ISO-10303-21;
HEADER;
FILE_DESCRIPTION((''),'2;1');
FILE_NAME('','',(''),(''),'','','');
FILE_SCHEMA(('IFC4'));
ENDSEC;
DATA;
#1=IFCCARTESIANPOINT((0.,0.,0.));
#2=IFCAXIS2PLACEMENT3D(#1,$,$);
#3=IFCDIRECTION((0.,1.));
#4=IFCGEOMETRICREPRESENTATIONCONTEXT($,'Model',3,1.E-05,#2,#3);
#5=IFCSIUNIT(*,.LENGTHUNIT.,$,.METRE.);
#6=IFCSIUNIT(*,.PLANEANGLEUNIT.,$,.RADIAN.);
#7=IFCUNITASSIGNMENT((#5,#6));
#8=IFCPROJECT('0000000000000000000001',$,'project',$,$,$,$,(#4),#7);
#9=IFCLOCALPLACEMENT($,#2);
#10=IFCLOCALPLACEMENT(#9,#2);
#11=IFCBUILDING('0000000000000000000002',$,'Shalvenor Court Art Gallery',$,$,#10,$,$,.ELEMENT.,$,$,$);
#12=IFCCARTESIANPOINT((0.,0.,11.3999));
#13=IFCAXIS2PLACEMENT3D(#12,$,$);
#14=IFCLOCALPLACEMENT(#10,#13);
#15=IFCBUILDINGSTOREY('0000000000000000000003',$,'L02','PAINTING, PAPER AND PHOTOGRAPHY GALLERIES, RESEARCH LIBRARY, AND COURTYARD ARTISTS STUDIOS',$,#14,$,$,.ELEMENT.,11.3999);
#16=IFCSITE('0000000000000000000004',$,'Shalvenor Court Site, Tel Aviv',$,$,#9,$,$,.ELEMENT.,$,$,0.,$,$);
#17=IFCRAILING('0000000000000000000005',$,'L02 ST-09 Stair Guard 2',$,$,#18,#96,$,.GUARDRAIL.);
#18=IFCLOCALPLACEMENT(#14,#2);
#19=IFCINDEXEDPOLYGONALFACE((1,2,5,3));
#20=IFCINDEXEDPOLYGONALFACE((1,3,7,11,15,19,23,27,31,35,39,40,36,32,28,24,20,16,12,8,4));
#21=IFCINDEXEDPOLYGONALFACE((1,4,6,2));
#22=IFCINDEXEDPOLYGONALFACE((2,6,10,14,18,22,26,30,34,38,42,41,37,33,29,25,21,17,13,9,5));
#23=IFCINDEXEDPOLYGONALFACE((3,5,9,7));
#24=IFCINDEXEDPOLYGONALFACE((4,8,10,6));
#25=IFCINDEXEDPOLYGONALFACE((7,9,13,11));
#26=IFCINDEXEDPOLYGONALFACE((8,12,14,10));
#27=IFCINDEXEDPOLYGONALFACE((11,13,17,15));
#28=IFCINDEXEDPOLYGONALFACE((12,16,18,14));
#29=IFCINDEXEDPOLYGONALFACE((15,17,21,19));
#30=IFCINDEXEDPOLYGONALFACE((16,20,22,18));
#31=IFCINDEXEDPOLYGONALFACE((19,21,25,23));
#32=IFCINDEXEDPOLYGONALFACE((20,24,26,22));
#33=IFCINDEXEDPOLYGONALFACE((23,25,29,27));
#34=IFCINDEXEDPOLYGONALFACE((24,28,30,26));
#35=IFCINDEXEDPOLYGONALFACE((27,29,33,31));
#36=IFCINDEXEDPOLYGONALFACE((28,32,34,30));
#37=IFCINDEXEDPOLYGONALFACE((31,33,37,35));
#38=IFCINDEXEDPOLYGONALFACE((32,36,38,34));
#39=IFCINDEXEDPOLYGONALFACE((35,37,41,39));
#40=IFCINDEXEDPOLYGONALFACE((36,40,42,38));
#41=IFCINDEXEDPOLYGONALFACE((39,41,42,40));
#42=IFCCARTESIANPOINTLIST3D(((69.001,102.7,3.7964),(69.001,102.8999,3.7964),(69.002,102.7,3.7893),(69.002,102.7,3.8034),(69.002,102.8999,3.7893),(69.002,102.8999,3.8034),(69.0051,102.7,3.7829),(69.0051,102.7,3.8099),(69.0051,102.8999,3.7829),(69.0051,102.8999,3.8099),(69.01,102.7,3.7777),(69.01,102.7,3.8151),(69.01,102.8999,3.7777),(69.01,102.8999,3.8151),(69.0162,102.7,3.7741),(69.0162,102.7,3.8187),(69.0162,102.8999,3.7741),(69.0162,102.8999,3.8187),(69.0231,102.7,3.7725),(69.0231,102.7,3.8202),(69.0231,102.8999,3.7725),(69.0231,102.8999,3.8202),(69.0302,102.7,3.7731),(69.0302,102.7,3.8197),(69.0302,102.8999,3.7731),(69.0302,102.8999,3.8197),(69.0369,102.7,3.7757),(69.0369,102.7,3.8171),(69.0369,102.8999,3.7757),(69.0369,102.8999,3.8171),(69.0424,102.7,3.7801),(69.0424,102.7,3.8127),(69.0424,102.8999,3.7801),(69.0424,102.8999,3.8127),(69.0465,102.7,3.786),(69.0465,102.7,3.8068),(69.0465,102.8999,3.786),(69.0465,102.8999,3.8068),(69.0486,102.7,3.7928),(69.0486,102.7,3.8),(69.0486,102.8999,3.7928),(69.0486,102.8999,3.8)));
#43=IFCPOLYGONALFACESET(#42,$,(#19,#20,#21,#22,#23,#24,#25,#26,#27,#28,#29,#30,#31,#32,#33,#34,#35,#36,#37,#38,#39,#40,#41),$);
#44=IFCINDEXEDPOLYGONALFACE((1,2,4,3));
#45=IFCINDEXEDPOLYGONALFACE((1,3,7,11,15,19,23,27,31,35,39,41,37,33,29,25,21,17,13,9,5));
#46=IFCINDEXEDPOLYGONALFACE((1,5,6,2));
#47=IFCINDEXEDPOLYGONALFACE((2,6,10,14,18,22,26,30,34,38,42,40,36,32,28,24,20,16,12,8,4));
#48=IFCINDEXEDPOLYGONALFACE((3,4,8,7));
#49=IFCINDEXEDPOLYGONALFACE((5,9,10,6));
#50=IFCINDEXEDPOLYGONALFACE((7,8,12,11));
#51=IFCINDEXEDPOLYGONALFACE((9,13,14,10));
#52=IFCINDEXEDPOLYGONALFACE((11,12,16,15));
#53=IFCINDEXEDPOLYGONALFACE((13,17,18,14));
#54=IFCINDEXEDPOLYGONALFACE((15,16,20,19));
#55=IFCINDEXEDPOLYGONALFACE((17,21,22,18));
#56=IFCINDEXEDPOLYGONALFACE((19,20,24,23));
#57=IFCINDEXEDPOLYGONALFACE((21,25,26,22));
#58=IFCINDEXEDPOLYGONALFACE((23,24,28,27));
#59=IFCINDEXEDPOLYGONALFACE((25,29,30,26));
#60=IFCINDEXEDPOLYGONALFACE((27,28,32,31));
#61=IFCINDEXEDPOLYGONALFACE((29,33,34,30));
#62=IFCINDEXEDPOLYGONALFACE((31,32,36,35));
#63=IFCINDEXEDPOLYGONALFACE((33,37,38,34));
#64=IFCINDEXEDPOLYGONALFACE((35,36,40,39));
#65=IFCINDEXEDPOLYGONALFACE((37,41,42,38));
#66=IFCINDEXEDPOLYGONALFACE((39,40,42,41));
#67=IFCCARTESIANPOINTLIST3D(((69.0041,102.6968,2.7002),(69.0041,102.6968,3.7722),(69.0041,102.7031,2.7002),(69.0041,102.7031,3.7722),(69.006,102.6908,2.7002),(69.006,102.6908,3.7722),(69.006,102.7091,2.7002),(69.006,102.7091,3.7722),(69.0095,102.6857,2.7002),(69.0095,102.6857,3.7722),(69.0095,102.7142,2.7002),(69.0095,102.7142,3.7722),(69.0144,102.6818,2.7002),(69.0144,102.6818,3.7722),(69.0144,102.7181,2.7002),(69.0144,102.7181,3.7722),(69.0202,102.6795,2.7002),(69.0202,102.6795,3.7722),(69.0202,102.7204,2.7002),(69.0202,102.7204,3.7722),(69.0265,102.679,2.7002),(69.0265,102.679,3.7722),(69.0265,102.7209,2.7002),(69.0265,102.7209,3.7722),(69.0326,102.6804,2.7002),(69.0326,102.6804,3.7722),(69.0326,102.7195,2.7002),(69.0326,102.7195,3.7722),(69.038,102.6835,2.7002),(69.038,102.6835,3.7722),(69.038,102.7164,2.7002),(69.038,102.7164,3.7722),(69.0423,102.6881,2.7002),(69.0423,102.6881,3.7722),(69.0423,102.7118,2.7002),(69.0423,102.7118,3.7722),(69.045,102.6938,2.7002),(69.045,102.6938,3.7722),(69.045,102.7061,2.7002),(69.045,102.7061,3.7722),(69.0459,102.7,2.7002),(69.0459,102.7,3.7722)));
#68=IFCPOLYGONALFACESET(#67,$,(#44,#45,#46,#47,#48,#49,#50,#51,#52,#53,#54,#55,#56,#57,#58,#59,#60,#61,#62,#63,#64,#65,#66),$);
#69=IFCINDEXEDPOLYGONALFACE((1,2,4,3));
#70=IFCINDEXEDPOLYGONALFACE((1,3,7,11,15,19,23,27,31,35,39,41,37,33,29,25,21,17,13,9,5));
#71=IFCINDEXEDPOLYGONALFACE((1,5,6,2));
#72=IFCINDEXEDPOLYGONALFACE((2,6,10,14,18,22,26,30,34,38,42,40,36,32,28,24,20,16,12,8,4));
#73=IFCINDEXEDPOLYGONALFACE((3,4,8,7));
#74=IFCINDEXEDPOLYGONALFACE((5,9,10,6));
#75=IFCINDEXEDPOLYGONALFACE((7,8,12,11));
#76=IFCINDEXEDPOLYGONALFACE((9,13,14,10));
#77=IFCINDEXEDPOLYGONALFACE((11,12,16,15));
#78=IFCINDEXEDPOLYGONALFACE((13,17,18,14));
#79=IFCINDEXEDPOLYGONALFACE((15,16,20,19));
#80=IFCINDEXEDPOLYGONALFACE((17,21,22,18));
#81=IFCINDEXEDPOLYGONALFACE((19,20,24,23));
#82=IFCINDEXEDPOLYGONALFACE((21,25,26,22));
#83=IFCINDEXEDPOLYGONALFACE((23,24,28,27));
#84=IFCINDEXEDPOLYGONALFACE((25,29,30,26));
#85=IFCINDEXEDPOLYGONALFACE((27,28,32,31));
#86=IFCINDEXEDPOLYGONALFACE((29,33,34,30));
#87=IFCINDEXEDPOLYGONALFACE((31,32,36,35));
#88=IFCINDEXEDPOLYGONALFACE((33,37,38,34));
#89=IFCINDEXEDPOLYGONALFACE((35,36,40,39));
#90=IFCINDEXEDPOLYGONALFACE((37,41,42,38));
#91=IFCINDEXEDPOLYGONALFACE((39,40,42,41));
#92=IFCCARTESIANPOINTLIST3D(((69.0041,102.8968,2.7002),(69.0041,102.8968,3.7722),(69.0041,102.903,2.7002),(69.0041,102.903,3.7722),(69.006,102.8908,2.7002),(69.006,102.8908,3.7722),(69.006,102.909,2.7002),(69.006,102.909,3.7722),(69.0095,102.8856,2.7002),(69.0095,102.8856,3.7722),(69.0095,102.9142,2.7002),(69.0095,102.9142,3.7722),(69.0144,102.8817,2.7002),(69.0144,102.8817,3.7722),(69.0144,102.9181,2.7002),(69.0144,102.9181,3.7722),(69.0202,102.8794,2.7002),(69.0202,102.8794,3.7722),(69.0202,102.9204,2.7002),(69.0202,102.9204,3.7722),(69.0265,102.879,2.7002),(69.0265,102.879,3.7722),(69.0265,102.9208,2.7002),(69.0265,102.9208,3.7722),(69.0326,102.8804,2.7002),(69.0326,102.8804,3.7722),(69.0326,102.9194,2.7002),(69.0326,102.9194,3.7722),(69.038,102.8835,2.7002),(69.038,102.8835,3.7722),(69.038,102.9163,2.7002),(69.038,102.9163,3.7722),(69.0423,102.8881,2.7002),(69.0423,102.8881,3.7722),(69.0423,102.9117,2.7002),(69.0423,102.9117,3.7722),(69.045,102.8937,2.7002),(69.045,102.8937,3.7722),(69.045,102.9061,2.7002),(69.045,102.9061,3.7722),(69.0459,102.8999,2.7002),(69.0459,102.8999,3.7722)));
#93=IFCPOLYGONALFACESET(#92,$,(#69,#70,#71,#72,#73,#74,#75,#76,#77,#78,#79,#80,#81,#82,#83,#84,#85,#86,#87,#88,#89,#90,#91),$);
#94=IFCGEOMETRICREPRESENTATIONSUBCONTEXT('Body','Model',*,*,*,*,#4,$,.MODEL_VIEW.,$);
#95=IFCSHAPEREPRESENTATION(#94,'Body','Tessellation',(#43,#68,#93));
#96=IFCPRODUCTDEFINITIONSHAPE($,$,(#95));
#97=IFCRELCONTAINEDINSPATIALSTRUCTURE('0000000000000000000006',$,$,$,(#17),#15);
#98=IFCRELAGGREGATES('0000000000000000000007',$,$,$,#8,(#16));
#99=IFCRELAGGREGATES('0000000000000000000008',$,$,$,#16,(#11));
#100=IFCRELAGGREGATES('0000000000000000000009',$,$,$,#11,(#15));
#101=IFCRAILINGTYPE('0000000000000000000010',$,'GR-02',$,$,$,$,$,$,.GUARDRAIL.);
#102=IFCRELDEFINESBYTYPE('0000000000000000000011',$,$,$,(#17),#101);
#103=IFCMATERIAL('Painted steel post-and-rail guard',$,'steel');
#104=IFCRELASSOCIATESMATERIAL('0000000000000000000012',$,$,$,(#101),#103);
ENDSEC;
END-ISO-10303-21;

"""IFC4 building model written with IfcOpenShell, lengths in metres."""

from ifc_helpers import new_model, si_unit, direction, frame, origin, origin_2d, place, context, subcontext, project, spatial, circle, extrude, material, type_object, element, save


model = new_model("IFC4")

# Units and contexts
model_context = context("Model", 3, precision=1e-05, world=origin(), true_north=direction((0.0, 1.0)))
body_context = subcontext(model_context, "Body", "Model", "MODEL_VIEW")
ifc_project = project(units=[si_unit("LENGTHUNIT", "METRE"), si_unit("PLANEANGLEUNIT", "RADIAN")], contexts=[model_context])

# Site, building, storey
site_placement = place(None, origin())
site = spatial("IfcSite", under=ifc_project, at=site_placement, Name="Shalvenor Court Site, Tel Aviv", CompositionType="ELEMENT", RefElevation=0.0)
building_placement = place(site_placement, origin())
building = spatial("IfcBuilding", under=site, at=building_placement, Name="Shalvenor Court Art Gallery", CompositionType="ELEMENT")
storey_placement = place(building_placement, frame((0.0, 0.0, 11.3999)))
storey = spatial("IfcBuildingStorey", under=building, at=storey_placement, Name="L02", Description="PAINTING, PAPER AND PHOTOGRAPHY GALLERIES, RESEARCH LIBRARY, AND COURTYARD ARTISTS STUDIOS", CompositionType="ELEMENT", Elevation=11.3999)

# Railing
ifc_material_1 = material(Name="Painted steel post-and-rail guard", Category="steel")
railing_type_1 = type_object("IfcRailingType", Name="GR-02", PredefinedType="GUARDRAIL", material=ifc_material_1)
railing_1_placement = place(storey_placement, frame((69.0249, 102.7, 2.7002)))
element("IfcRailing", 1, at=railing_1_placement, inside=storey, type_object=railing_type_1, Name="L02 ST-09 Stair Guard 2", PredefinedType="GUARDRAIL", context=body_context, shape_type="SweptSolid", body=[
    extrude(circle(Radius=0.0239, at=origin_2d()), frame((0.0, 0.0, 1.0962), z_axis=(0.0, 1.0, 0.0), x_axis=(-1.0, 0.0, 0.0)), (0.0, 0.0, 1.0), 0.2),
    extrude(circle(Radius=0.021, at=origin_2d()), origin(), (0.0, 0.0, 1.0), 1.072),
    extrude(circle(Radius=0.021, at=origin_2d()), frame((0.0, 0.2, 0.0)), (0.0, 0.0, 1.0), 1.072),
])

save(model, "model.ifc")
